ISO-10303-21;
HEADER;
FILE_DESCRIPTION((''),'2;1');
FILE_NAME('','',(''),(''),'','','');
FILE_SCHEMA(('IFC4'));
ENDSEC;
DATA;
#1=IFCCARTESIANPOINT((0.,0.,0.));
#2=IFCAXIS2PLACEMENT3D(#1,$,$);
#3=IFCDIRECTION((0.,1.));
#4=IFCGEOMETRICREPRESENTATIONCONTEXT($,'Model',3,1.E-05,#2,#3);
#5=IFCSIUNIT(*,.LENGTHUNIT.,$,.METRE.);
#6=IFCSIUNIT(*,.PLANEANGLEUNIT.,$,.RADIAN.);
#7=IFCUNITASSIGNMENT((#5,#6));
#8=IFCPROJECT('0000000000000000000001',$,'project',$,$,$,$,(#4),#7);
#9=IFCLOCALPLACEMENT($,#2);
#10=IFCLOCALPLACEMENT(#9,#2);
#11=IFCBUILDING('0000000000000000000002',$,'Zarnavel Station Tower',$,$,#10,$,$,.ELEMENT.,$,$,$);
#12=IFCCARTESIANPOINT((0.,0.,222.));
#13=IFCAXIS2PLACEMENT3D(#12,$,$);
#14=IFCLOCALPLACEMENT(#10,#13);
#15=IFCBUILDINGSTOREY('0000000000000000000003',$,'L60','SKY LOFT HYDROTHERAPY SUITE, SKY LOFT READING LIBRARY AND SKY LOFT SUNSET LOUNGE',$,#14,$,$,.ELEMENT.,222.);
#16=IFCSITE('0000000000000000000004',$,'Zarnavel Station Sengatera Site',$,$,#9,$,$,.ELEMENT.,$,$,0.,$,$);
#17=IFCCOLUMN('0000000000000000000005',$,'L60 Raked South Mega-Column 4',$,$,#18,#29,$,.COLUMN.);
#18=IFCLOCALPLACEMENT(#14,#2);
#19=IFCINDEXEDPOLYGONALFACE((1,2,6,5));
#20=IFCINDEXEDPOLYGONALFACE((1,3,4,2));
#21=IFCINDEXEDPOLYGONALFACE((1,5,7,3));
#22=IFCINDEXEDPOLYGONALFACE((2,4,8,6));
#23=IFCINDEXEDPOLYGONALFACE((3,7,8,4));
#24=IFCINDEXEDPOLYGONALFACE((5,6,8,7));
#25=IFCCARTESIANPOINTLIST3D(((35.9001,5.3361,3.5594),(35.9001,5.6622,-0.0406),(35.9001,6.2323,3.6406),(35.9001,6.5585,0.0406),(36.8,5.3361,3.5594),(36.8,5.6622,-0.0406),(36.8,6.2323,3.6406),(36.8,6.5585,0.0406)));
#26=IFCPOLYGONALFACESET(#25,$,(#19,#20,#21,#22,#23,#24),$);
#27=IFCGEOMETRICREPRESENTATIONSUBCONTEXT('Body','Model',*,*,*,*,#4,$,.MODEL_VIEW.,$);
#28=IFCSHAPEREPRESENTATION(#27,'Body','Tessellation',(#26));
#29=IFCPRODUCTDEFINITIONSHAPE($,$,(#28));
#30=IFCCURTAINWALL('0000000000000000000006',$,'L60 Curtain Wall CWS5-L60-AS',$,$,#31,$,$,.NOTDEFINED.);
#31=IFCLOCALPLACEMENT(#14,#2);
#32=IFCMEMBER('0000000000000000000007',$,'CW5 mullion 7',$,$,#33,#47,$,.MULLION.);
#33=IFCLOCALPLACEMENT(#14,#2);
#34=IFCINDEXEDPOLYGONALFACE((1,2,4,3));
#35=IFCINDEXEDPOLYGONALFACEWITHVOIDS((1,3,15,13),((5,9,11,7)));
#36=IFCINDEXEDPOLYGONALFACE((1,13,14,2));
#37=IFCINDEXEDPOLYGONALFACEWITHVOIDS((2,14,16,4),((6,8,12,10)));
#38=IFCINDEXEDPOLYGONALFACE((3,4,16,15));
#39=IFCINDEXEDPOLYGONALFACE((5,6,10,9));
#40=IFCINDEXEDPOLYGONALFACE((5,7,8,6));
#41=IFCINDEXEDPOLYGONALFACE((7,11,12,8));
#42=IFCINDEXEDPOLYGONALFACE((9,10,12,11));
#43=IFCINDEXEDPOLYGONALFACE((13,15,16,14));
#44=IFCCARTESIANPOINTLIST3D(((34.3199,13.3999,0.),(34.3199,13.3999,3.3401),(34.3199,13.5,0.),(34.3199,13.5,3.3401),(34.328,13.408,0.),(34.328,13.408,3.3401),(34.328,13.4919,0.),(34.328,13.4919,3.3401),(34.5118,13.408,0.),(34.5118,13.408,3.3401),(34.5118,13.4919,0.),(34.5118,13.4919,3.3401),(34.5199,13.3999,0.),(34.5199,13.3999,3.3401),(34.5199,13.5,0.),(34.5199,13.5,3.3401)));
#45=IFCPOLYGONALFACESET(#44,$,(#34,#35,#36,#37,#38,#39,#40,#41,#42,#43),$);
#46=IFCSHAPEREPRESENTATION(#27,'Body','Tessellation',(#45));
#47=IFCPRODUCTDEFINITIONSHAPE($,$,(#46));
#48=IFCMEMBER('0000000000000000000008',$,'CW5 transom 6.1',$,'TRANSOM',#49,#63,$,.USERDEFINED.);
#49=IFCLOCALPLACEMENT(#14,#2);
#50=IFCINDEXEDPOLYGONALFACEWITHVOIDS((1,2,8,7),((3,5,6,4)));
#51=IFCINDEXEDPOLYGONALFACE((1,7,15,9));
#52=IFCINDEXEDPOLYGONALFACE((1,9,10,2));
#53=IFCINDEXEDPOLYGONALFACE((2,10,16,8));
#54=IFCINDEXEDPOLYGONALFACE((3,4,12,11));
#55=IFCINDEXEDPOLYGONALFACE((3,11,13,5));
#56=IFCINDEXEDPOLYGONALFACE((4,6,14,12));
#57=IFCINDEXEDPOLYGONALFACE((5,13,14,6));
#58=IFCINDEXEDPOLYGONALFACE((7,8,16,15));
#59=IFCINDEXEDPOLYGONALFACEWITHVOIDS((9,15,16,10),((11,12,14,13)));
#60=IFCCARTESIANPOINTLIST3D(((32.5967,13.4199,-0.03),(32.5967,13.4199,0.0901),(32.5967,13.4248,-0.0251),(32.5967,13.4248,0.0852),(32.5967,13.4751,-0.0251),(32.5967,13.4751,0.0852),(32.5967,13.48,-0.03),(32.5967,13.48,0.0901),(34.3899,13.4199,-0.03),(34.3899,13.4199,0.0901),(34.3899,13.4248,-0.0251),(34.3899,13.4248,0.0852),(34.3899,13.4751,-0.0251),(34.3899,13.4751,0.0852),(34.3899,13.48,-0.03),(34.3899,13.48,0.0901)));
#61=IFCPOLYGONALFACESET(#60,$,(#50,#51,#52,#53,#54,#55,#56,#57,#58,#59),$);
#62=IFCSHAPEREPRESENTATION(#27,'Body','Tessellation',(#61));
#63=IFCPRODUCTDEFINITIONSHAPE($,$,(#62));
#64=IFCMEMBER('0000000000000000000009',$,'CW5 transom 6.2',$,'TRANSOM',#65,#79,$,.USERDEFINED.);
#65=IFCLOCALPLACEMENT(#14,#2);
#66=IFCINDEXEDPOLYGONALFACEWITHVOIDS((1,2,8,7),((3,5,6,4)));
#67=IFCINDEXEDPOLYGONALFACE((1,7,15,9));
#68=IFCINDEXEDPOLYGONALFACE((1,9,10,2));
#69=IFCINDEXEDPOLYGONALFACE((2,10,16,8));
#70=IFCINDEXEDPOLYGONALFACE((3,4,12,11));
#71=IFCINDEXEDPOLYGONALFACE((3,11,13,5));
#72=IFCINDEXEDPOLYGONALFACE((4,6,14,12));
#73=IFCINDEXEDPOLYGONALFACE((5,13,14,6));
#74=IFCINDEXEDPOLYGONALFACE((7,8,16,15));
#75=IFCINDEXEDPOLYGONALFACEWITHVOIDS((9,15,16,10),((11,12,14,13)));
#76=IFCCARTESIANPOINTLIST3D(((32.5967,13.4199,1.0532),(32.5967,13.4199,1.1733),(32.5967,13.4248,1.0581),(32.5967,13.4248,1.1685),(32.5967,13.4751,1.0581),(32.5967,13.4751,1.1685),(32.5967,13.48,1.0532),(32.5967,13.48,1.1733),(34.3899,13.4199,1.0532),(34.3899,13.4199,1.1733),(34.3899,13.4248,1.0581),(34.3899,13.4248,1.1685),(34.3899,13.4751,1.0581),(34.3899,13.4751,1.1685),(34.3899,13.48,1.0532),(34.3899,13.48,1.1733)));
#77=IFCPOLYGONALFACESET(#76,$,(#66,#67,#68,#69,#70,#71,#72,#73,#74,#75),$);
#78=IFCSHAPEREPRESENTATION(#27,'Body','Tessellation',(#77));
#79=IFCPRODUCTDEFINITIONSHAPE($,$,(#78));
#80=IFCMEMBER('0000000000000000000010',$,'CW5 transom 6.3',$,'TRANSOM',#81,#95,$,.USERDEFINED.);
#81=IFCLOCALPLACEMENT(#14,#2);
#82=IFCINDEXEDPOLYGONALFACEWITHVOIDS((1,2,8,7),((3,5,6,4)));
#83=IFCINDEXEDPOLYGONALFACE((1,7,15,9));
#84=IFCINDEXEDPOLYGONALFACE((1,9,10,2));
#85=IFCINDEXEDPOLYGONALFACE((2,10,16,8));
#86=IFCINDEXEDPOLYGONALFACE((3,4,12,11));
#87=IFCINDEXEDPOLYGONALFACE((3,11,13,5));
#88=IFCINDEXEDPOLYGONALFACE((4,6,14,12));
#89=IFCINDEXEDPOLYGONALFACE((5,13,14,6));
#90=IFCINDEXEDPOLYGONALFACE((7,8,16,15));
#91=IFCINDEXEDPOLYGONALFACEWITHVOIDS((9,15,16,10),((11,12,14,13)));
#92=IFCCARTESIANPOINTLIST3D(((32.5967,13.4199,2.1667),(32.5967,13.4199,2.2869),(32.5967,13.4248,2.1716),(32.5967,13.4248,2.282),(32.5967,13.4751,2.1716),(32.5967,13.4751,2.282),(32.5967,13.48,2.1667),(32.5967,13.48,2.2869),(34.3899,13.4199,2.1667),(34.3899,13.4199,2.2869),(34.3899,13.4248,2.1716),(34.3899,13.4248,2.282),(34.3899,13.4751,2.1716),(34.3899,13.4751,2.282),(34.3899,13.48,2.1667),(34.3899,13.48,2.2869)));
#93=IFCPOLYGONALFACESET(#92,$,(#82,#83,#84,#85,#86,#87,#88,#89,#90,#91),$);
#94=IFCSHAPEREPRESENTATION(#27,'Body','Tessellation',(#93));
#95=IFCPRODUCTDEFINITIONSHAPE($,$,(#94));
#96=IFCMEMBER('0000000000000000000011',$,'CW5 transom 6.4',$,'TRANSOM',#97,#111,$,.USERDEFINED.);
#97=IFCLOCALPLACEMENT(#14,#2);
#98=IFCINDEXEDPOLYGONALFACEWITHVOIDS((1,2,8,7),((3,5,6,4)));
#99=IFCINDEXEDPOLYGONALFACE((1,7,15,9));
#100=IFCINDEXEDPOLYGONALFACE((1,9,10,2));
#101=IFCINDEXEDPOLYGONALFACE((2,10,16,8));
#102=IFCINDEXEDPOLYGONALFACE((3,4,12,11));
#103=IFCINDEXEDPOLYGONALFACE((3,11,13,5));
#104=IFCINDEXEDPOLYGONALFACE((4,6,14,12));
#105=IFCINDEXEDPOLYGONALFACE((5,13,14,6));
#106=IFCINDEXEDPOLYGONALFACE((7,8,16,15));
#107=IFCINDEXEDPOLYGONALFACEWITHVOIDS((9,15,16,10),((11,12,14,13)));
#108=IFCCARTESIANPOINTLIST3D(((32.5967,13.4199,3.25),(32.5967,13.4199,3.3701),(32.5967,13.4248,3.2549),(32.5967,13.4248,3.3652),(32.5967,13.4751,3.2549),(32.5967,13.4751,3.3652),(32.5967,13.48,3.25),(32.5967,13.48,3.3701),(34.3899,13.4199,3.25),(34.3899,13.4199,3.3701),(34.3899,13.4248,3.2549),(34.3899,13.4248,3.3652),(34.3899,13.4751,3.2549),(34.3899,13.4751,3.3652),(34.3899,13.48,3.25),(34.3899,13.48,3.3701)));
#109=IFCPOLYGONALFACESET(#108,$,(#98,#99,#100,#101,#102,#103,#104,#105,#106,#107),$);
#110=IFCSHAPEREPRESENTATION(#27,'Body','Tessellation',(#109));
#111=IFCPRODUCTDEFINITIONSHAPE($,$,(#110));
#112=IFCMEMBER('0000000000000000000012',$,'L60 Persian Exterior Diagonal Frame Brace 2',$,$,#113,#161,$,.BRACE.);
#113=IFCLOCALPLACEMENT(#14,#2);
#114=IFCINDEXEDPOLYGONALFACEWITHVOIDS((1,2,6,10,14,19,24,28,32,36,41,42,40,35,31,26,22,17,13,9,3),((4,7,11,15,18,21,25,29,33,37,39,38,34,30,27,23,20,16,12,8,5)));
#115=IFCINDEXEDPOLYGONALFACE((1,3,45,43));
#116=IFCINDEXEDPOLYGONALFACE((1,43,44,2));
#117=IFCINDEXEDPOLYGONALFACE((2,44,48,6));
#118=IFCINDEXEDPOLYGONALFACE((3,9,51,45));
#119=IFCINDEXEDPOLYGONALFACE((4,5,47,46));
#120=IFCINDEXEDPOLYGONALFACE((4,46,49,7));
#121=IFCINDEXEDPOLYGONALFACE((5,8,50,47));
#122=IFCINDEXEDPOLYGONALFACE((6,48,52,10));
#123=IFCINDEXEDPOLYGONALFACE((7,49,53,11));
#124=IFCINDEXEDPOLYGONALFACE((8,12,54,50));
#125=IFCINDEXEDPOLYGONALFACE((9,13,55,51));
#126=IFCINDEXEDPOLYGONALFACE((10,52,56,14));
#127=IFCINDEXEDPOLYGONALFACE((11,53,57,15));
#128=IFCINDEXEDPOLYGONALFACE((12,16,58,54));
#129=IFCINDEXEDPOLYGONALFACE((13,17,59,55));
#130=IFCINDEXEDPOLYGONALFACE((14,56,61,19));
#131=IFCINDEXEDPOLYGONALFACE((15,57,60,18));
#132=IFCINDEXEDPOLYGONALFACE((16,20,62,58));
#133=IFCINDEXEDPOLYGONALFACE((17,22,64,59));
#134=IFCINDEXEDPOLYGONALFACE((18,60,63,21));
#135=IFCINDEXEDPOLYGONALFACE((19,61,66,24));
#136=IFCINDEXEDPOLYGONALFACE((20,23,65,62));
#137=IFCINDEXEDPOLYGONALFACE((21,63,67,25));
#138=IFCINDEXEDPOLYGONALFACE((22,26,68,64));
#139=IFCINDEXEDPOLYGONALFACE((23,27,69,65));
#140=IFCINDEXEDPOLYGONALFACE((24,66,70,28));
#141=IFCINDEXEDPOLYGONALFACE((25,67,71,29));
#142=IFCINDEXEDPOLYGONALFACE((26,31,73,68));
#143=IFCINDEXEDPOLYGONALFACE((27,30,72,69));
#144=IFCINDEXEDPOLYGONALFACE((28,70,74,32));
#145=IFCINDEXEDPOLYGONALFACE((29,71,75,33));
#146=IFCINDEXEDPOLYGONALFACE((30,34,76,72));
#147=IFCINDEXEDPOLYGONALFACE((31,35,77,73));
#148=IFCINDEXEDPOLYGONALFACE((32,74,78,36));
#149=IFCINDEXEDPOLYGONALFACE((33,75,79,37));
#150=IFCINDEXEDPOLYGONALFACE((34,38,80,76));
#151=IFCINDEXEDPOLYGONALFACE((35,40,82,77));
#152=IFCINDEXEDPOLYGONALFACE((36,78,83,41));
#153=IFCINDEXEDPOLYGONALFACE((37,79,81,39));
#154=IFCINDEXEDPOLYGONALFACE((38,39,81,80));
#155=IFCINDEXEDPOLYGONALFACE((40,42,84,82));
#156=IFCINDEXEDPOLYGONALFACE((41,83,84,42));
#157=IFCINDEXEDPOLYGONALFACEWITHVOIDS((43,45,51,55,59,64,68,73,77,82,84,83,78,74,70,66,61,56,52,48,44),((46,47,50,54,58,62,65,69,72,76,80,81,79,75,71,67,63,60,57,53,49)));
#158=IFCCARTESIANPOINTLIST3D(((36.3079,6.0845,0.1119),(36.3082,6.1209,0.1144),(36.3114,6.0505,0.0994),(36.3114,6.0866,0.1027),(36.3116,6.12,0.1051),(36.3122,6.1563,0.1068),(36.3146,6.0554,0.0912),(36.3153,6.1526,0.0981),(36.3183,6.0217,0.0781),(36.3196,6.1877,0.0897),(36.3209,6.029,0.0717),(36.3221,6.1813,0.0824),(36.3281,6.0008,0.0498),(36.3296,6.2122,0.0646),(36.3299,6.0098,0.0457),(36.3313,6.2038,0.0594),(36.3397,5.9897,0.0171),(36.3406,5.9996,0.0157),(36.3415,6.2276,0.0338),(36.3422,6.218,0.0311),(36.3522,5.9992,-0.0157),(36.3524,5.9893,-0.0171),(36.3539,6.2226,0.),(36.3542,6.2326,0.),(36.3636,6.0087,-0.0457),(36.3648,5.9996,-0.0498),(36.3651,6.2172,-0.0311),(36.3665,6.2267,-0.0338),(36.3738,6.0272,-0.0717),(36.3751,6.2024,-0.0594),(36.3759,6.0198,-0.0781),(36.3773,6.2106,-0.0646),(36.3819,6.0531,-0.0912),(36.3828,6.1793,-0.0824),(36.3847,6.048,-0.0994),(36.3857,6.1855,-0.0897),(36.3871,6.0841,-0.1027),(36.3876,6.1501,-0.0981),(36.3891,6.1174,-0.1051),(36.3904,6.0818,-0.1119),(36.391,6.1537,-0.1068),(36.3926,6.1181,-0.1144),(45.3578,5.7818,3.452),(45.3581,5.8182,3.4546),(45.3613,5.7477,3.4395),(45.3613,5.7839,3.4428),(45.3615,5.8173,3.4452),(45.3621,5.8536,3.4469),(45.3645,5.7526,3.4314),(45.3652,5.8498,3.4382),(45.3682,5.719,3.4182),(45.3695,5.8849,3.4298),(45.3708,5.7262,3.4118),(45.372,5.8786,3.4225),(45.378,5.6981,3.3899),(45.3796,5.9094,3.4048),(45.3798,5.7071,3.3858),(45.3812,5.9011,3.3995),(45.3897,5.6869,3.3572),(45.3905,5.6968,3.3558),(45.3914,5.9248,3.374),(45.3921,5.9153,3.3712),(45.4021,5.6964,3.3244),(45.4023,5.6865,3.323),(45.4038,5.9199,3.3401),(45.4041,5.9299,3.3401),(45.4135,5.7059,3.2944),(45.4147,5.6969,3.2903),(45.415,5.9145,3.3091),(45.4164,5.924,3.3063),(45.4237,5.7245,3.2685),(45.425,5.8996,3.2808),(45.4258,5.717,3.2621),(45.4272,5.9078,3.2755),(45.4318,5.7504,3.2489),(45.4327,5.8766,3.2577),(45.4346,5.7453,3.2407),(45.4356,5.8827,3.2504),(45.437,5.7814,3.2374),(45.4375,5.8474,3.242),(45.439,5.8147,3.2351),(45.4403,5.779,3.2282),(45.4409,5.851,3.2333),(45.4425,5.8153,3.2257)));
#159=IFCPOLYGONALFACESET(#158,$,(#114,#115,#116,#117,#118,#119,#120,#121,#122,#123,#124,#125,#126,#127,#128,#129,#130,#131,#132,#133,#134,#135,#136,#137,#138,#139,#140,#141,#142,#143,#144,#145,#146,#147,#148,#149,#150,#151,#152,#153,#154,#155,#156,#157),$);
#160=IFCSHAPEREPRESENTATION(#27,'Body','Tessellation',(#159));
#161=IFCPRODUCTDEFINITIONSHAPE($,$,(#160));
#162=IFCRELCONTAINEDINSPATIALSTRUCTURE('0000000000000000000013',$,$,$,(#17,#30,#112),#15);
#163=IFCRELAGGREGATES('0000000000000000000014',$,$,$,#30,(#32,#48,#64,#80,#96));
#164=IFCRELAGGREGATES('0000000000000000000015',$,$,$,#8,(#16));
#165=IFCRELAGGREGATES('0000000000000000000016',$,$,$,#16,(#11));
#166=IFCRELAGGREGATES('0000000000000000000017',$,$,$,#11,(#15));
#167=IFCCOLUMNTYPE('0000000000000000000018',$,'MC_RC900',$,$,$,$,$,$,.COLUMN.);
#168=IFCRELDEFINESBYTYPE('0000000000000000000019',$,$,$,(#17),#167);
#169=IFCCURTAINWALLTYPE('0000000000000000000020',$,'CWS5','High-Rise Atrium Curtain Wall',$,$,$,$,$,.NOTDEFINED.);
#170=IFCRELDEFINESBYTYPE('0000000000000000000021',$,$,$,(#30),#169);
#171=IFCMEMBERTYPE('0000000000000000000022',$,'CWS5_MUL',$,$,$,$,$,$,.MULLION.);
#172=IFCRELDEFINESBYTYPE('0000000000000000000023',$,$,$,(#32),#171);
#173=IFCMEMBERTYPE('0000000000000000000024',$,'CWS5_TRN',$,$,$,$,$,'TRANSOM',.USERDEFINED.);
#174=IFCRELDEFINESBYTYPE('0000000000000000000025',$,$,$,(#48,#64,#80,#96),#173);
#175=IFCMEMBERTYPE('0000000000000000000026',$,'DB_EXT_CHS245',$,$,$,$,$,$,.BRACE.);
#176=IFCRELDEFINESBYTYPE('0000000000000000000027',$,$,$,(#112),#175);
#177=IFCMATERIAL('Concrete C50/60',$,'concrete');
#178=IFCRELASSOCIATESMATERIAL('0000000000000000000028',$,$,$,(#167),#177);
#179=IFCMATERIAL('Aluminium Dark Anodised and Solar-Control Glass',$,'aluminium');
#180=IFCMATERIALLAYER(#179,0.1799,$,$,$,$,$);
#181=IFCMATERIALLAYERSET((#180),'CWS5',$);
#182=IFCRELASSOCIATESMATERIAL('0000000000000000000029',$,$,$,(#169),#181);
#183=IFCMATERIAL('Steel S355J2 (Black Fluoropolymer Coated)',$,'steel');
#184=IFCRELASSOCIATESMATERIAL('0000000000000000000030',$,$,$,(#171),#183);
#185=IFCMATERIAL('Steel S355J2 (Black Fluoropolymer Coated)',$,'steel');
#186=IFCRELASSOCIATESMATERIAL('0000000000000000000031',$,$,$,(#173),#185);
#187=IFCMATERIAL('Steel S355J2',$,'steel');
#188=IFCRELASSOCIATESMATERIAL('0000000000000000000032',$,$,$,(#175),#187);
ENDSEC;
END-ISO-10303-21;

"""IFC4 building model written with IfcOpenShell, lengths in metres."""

from ifc_helpers import new_model, si_unit, direction, frame, origin, origin_2d, place, context, subcontext, project, spatial, rectangle, hollow_rectangle, hollow_circle, extrude, material, layer, layer_set, material_profile, profile_set, type_object, element, aggregate, save


model = new_model("IFC4")

# Units and contexts
model_context = context("Model", 3, precision=1e-05, world=origin(), true_north=direction((0.0, 1.0)))
body_context = subcontext(model_context, "Body", "Model", "MODEL_VIEW")
ifc_project = project(units=[si_unit("LENGTHUNIT", "METRE"), si_unit("PLANEANGLEUNIT", "RADIAN")], contexts=[model_context])

# Site, building, storey
site_placement = place(None, origin())
site = spatial("IfcSite", under=ifc_project, at=site_placement, Name="Zarnavel Station Sengatera Site", CompositionType="ELEMENT", RefElevation=0.0)
building_placement = place(site_placement, origin())
building = spatial("IfcBuilding", under=site, at=building_placement, Name="Zarnavel Station Tower", CompositionType="ELEMENT")
storey_placement = place(building_placement, frame((0.0, 0.0, 222.0)))
storey = spatial("IfcBuildingStorey", under=building, at=storey_placement, Name="L60", Description="SKY LOFT HYDROTHERAPY SUITE, SKY LOFT READING LIBRARY AND SKY LOFT SUNSET LOUNGE", CompositionType="ELEMENT", Elevation=222.0)

# Column
ifc_material_1 = material(Name="Concrete C50/60", Category="concrete")
ifc_material_profile_1 = material_profile(ifc_material_1, rectangle(XDim=0.8999, YDim=0.8999, at=origin_2d()), Name="RC900x900")
ifc_profile_set_1 = profile_set([ifc_material_profile_1], Name="Concrete C50/60")
column_type = type_object("IfcColumnType", Name="MC_RC900", PredefinedType="COLUMN", material=ifc_profile_set_1)
column_placement = place(storey_placement, frame((36.3501, 6.1104, 0.0), z_axis=(0.0, -0.090231, 0.995921), x_axis=(1.0, 0.0, 0.0)))
element("IfcColumn", 1, at=column_placement, inside=storey, type_object=column_type, Name="L60 Raked South Mega-Column 4", PredefinedType="COLUMN", context=body_context, shape_type="SweptSolid", body=[
    extrude(rectangle(XDim=0.8999, YDim=0.8999, at=origin_2d()), origin(), (0.0, 0.0, 1.0), 3.6147),
])

# Curtain wall, members
ifc_material_2 = material(Name="Aluminium Dark Anodised and Solar-Control Glass", Category="aluminium")
ifc_layer_1 = layer(ifc_material_2, 0.1799)
ifc_layer_set_1 = layer_set([ifc_layer_1], Name="CWS5")
curtain_wall_type = type_object("IfcCurtainWallType", Name="CWS5", Description="High-Rise Atrium Curtain Wall", PredefinedType="NOTDEFINED", material=ifc_layer_set_1)
curtain_wall_placement = place(storey_placement, origin())
curtain_wall = element("IfcCurtainWall", 2, at=curtain_wall_placement, inside=storey, type_object=curtain_wall_type, Name="L60 Curtain Wall CWS5-L60-AS", PredefinedType="NOTDEFINED")
ifc_material_3 = material(Name="Steel S355J2 (Black Fluoropolymer Coated)", Category="steel")
ifc_material_profile_2 = material_profile(ifc_material_3, hollow_rectangle(XDim=0.1001, YDim=0.2, WallThickness=0.0081, at=origin_2d()), Name="RHS200x100x8")
ifc_profile_set_2 = profile_set([ifc_material_profile_2], Name="Steel S355J2 (Black Fluoropolymer Coated)")
member_type_1 = type_object("IfcMemberType", Name="CWS5_MUL", PredefinedType="MULLION", material=ifc_profile_set_2)
member_1_placement = place(storey_placement, frame((34.4199, 13.45, 0.0), z_axis=(0.0, 0.0, 1.0), x_axis=(0.0, 1.0, 0.0)))
member_1 = element("IfcMember", 3, at=member_1_placement, type_object=member_type_1, Name="CW5 mullion 7", PredefinedType="MULLION", context=body_context, shape_type="SweptSolid", body=[
    extrude(hollow_rectangle(XDim=0.1001, YDim=0.2, WallThickness=0.0081, at=origin_2d()), origin(), (0.0, 0.0, 1.0), 3.3401),
])
ifc_material_4 = material(Name="Steel S355J2 (Black Fluoropolymer Coated)", Category="steel")
ifc_material_profile_3 = material_profile(ifc_material_4, hollow_rectangle(XDim=0.0601, YDim=0.1201, WallThickness=0.0049, at=origin_2d()), Name="RHS120x60x5")
ifc_profile_set_3 = profile_set([ifc_material_profile_3], Name="Steel S355J2 (Black Fluoropolymer Coated)")
member_type_2 = type_object("IfcMemberType", Name="CWS5_TRN", ElementType="TRANSOM", PredefinedType="USERDEFINED", material=ifc_profile_set_3)
member_2_placement = place(storey_placement, frame((32.5967, 13.45, 0.03), z_axis=(1.0, 0.0, 0.0), x_axis=(0.0, 1.0, 0.0)))
member_2 = element("IfcMember", 4, at=member_2_placement, type_object=member_type_2, Name="CW5 transom 6.1", ObjectType="TRANSOM", PredefinedType="USERDEFINED", context=body_context, shape_type="SweptSolid", body=[
    extrude(hollow_rectangle(XDim=0.0601, YDim=0.1201, WallThickness=0.0049, at=origin_2d()), origin(), (0.0, 0.0, 1.0), 1.7932),
])
member_3_placement = place(storey_placement, frame((32.5967, 13.45, 1.1133), z_axis=(1.0, 0.0, 0.0), x_axis=(0.0, 1.0, 0.0)))
member_3 = element("IfcMember", 5, at=member_3_placement, type_object=member_type_2, Name="CW5 transom 6.2", ObjectType="TRANSOM", PredefinedType="USERDEFINED", context=body_context, shape_type="SweptSolid", body=[
    extrude(hollow_rectangle(XDim=0.0601, YDim=0.1201, WallThickness=0.0049, at=origin_2d()), origin(), (0.0, 0.0, 1.0), 1.7932),
])
member_4_placement = place(storey_placement, frame((32.5967, 13.45, 2.2268), z_axis=(1.0, 0.0, 0.0), x_axis=(0.0, 1.0, 0.0)))
member_4 = element("IfcMember", 6, at=member_4_placement, type_object=member_type_2, Name="CW5 transom 6.3", ObjectType="TRANSOM", PredefinedType="USERDEFINED", context=body_context, shape_type="SweptSolid", body=[
    extrude(hollow_rectangle(XDim=0.0601, YDim=0.1201, WallThickness=0.0049, at=origin_2d()), origin(), (0.0, 0.0, 1.0), 1.7932),
])
member_5_placement = place(storey_placement, frame((32.5967, 13.45, 3.3101), z_axis=(1.0, 0.0, 0.0), x_axis=(0.0, 1.0, 0.0)))
member_5 = element("IfcMember", 7, at=member_5_placement, type_object=member_type_2, Name="CW5 transom 6.4", ObjectType="TRANSOM", PredefinedType="USERDEFINED", context=body_context, shape_type="SweptSolid", body=[
    extrude(hollow_rectangle(XDim=0.0601, YDim=0.1201, WallThickness=0.0049, at=origin_2d()), origin(), (0.0, 0.0, 1.0), 1.7932),
])

# Member
ifc_material_5 = material(Name="Steel S355J2", Category="steel")
ifc_material_profile_4 = material_profile(ifc_material_5, hollow_circle(Radius=0.1223, WallThickness=0.01, at=origin_2d()), Name="CHS244.5x10")
ifc_profile_set_4 = profile_set([ifc_material_profile_4], Name="Steel S355J2")
member_type_3 = type_object("IfcMemberType", Name="DB_EXT_CHS245", PredefinedType="BRACE", material=ifc_profile_set_4)
member_6_placement = place(storey_placement, frame((36.3501, 6.1104, 0.0), z_axis=(0.937681, -0.031367, 0.346078), x_axis=(0.033433, 0.999441, 0.0)))
element("IfcMember", 8, at=member_6_placement, inside=storey, type_object=member_type_3, Name="L60 Persian Exterior Diagonal Frame Brace 2", PredefinedType="BRACE", context=body_context, shape_type="SweptSolid", body=[
    extrude(hollow_circle(Radius=0.1223, WallThickness=0.01, at=origin_2d()), origin(), (0.0, 0.0, 1.0), 9.6514),
])

aggregate(curtain_wall, [member_1, member_2, member_3, member_4, member_5])

save(model, "model.ifc")
